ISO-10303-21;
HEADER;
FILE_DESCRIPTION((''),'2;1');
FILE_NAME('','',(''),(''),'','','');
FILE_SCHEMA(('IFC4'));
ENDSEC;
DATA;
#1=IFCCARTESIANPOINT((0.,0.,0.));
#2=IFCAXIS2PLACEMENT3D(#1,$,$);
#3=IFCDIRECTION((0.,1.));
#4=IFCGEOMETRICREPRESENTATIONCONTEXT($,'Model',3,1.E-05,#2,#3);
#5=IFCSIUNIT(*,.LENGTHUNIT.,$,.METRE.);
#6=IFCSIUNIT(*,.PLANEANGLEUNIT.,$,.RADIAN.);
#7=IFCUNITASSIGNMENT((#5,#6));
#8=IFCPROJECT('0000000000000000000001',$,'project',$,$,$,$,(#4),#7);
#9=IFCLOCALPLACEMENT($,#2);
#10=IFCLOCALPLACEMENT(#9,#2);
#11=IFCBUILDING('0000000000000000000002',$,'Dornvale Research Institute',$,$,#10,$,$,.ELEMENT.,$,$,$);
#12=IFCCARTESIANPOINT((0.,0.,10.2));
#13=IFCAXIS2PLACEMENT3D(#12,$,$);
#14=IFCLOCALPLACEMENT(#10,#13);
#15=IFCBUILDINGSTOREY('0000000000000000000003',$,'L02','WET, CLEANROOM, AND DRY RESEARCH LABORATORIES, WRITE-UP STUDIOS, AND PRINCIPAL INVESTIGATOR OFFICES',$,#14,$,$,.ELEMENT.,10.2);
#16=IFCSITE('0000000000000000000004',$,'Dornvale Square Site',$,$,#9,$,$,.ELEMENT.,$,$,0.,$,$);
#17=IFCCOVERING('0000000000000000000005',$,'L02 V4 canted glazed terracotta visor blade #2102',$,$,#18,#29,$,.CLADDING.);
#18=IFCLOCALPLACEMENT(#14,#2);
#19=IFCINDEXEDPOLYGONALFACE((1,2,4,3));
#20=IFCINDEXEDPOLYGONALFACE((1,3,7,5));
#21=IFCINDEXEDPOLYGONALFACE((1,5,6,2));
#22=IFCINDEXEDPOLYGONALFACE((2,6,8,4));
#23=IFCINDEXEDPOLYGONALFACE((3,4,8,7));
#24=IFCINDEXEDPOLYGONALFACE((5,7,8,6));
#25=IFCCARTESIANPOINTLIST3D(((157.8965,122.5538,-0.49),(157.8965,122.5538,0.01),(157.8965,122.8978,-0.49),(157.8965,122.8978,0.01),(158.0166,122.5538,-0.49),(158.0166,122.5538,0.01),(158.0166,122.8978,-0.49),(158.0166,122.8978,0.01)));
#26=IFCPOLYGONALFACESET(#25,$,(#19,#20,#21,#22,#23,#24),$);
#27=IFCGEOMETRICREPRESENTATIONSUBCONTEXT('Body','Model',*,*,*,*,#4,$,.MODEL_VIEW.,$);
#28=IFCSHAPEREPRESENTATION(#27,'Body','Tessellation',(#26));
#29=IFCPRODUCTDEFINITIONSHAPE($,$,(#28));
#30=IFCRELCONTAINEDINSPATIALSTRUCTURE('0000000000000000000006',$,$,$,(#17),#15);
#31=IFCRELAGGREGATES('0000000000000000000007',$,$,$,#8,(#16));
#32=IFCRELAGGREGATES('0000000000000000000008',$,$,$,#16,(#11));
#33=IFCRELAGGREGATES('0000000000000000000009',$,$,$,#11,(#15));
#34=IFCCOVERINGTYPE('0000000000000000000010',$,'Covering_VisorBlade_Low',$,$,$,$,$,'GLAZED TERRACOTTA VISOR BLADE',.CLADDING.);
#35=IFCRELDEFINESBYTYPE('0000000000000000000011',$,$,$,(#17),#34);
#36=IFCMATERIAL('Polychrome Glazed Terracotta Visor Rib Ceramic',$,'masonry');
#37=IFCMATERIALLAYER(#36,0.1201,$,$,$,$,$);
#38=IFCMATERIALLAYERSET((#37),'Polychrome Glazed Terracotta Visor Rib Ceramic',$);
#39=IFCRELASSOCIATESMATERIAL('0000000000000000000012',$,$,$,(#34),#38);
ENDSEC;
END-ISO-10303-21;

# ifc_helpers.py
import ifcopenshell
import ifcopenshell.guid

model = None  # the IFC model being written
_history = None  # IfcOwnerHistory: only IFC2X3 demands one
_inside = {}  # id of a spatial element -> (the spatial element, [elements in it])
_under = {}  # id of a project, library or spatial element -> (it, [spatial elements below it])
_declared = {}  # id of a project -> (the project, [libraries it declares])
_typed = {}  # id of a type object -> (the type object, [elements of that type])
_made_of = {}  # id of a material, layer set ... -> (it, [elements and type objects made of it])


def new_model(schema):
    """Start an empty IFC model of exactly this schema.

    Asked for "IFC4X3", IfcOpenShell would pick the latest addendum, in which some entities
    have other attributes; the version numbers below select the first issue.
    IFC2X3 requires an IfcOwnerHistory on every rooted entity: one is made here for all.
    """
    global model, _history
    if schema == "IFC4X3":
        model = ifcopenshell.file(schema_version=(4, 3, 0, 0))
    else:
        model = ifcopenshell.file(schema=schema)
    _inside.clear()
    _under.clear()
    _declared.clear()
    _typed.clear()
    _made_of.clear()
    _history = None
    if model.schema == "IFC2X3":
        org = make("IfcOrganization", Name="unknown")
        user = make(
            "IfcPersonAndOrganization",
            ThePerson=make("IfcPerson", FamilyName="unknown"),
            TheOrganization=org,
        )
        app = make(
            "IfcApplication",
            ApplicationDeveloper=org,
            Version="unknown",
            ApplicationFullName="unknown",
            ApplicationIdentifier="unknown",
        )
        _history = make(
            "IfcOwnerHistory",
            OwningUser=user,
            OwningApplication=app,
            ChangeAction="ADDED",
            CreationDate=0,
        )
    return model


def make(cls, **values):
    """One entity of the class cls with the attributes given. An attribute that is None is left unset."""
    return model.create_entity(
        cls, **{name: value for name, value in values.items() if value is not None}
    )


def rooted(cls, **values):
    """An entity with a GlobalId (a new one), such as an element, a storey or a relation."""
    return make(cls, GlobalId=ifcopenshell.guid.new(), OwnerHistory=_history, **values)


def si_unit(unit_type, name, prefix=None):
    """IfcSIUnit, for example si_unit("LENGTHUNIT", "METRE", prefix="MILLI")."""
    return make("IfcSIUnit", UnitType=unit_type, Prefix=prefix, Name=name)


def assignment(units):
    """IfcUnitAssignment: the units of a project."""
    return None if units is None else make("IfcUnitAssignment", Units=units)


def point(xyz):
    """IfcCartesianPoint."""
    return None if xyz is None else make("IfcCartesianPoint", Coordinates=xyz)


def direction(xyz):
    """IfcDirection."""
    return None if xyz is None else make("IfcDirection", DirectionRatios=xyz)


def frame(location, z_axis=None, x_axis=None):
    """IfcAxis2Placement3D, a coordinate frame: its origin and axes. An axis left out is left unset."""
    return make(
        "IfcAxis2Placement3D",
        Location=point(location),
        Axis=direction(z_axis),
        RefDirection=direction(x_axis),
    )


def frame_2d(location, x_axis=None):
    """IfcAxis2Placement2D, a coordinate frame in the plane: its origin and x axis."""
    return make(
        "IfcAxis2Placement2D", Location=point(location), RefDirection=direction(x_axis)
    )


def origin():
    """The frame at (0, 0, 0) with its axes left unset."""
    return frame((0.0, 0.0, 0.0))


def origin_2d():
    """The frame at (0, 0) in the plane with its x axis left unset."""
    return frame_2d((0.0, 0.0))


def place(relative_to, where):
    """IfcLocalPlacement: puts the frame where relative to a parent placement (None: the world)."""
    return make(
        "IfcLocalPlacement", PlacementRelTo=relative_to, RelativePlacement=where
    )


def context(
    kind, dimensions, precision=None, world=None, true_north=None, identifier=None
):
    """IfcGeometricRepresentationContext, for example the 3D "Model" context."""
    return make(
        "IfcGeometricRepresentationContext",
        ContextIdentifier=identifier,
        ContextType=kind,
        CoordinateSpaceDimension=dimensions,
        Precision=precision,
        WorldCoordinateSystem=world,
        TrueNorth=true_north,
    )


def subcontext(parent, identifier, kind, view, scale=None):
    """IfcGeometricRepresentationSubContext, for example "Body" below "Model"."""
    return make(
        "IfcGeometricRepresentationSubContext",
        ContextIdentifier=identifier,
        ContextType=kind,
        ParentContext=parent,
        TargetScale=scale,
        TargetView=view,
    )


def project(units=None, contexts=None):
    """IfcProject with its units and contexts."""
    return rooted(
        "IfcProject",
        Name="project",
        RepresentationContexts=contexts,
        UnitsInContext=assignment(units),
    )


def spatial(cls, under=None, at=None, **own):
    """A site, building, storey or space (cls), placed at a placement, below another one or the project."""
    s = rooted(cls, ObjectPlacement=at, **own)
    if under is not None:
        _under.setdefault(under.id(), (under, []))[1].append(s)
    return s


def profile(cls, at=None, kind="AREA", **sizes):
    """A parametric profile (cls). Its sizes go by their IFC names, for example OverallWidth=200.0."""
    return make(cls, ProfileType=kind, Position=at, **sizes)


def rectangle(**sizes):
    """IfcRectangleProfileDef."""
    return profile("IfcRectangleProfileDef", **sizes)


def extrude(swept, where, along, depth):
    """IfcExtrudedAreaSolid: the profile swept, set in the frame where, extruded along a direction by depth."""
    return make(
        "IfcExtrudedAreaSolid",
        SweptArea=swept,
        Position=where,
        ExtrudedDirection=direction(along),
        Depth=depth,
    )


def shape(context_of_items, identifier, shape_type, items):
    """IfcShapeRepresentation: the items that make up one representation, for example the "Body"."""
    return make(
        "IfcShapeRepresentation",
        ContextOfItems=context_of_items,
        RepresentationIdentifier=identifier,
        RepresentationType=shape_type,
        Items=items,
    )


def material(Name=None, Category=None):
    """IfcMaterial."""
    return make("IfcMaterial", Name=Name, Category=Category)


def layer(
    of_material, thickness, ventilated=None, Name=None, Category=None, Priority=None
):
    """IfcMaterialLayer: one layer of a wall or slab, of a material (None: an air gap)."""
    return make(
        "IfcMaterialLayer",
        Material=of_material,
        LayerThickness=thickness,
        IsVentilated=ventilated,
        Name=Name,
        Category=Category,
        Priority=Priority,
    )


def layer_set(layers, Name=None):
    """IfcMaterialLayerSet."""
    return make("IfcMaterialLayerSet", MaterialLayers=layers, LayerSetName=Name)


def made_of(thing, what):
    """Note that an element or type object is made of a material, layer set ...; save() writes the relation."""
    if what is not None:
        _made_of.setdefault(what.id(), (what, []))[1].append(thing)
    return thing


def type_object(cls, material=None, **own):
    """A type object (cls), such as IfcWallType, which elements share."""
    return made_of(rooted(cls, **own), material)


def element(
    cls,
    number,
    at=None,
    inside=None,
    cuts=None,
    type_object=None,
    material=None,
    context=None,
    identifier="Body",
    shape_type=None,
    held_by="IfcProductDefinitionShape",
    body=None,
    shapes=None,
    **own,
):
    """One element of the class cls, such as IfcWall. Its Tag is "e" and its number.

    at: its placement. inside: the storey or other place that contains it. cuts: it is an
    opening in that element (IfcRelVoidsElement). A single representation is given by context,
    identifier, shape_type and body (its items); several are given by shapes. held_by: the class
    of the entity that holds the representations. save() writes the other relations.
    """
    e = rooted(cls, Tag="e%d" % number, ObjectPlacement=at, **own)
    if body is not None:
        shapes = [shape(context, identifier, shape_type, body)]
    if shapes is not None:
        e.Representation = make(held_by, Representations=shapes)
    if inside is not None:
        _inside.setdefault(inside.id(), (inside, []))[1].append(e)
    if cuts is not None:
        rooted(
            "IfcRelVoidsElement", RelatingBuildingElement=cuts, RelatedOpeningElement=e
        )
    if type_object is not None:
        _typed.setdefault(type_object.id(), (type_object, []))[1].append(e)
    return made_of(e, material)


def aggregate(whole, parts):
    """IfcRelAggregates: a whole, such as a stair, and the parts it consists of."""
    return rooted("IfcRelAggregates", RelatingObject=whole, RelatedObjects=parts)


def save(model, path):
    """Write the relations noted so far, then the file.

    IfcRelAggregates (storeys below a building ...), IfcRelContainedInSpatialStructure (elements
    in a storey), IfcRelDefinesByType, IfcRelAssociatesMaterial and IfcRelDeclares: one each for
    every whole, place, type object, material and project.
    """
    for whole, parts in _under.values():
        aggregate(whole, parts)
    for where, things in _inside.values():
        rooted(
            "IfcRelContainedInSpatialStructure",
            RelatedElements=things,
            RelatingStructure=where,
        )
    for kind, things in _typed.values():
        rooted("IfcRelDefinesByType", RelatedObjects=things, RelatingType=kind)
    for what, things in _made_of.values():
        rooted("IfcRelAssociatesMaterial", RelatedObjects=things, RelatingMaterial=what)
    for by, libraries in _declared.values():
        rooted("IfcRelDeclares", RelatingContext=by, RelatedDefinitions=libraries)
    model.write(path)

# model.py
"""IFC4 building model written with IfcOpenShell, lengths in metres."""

from ifc_helpers import new_model, si_unit, direction, frame, origin, origin_2d, place, context, subcontext, project, spatial, rectangle, extrude, material, layer, layer_set, type_object, element, save


model = new_model("IFC4")

# Units and contexts
model_context = context("Model", 3, precision=1e-05, world=origin(), true_north=direction((0.0, 1.0)))
body_context = subcontext(model_context, "Body", "Model", "MODEL_VIEW")
ifc_project = project(units=[si_unit("LENGTHUNIT", "METRE"), si_unit("PLANEANGLEUNIT", "RADIAN")], contexts=[model_context])

# Site, building, storey
site_placement = place(None, origin())
site = spatial("IfcSite", under=ifc_project, at=site_placement, Name="Dornvale Square Site", CompositionType="ELEMENT", RefElevation=0.0)
building_placement = place(site_placement, origin())
building = spatial("IfcBuilding", under=site, at=building_placement, Name="Dornvale Research Institute", CompositionType="ELEMENT")
storey_placement = place(building_placement, frame((0.0, 0.0, 10.2)))
storey = spatial("IfcBuildingStorey", under=building, at=storey_placement, Name="L02", Description="WET, CLEANROOM, AND DRY RESEARCH LABORATORIES, WRITE-UP STUDIOS, AND PRINCIPAL INVESTIGATOR OFFICES", CompositionType="ELEMENT", Elevation=10.2)

# Covering
ifc_material_1 = material(Name="Polychrome Glazed Terracotta Visor Rib Ceramic", Category="masonry")
ifc_layer_1 = layer(ifc_material_1, 0.1201)
ifc_layer_set_1 = layer_set([ifc_layer_1], Name="Polychrome Glazed Terracotta Visor Rib Ceramic")
covering_type = type_object("IfcCoveringType", Name="Covering_VisorBlade_Low", ElementType="GLAZED TERRACOTTA VISOR BLADE", PredefinedType="CLADDING", material=ifc_layer_set_1)
covering_1_placement = place(storey_placement, frame((157.9565, 122.7258, -0.49), z_axis=(0.0, 0.0, 1.0), x_axis=(0.0, 1.0, 0.0)))
element("IfcCovering", 1, at=covering_1_placement, inside=storey, type_object=covering_type, Name="L02 V4 canted glazed terracotta visor blade #2102", PredefinedType="CLADDING", context=body_context, shape_type="SweptSolid", body=[
    extrude(rectangle(XDim=0.344, YDim=0.1201, at=origin_2d()), origin(), (0.0, 0.0, 1.0), 0.5),
])

save(model, "model.ifc")
